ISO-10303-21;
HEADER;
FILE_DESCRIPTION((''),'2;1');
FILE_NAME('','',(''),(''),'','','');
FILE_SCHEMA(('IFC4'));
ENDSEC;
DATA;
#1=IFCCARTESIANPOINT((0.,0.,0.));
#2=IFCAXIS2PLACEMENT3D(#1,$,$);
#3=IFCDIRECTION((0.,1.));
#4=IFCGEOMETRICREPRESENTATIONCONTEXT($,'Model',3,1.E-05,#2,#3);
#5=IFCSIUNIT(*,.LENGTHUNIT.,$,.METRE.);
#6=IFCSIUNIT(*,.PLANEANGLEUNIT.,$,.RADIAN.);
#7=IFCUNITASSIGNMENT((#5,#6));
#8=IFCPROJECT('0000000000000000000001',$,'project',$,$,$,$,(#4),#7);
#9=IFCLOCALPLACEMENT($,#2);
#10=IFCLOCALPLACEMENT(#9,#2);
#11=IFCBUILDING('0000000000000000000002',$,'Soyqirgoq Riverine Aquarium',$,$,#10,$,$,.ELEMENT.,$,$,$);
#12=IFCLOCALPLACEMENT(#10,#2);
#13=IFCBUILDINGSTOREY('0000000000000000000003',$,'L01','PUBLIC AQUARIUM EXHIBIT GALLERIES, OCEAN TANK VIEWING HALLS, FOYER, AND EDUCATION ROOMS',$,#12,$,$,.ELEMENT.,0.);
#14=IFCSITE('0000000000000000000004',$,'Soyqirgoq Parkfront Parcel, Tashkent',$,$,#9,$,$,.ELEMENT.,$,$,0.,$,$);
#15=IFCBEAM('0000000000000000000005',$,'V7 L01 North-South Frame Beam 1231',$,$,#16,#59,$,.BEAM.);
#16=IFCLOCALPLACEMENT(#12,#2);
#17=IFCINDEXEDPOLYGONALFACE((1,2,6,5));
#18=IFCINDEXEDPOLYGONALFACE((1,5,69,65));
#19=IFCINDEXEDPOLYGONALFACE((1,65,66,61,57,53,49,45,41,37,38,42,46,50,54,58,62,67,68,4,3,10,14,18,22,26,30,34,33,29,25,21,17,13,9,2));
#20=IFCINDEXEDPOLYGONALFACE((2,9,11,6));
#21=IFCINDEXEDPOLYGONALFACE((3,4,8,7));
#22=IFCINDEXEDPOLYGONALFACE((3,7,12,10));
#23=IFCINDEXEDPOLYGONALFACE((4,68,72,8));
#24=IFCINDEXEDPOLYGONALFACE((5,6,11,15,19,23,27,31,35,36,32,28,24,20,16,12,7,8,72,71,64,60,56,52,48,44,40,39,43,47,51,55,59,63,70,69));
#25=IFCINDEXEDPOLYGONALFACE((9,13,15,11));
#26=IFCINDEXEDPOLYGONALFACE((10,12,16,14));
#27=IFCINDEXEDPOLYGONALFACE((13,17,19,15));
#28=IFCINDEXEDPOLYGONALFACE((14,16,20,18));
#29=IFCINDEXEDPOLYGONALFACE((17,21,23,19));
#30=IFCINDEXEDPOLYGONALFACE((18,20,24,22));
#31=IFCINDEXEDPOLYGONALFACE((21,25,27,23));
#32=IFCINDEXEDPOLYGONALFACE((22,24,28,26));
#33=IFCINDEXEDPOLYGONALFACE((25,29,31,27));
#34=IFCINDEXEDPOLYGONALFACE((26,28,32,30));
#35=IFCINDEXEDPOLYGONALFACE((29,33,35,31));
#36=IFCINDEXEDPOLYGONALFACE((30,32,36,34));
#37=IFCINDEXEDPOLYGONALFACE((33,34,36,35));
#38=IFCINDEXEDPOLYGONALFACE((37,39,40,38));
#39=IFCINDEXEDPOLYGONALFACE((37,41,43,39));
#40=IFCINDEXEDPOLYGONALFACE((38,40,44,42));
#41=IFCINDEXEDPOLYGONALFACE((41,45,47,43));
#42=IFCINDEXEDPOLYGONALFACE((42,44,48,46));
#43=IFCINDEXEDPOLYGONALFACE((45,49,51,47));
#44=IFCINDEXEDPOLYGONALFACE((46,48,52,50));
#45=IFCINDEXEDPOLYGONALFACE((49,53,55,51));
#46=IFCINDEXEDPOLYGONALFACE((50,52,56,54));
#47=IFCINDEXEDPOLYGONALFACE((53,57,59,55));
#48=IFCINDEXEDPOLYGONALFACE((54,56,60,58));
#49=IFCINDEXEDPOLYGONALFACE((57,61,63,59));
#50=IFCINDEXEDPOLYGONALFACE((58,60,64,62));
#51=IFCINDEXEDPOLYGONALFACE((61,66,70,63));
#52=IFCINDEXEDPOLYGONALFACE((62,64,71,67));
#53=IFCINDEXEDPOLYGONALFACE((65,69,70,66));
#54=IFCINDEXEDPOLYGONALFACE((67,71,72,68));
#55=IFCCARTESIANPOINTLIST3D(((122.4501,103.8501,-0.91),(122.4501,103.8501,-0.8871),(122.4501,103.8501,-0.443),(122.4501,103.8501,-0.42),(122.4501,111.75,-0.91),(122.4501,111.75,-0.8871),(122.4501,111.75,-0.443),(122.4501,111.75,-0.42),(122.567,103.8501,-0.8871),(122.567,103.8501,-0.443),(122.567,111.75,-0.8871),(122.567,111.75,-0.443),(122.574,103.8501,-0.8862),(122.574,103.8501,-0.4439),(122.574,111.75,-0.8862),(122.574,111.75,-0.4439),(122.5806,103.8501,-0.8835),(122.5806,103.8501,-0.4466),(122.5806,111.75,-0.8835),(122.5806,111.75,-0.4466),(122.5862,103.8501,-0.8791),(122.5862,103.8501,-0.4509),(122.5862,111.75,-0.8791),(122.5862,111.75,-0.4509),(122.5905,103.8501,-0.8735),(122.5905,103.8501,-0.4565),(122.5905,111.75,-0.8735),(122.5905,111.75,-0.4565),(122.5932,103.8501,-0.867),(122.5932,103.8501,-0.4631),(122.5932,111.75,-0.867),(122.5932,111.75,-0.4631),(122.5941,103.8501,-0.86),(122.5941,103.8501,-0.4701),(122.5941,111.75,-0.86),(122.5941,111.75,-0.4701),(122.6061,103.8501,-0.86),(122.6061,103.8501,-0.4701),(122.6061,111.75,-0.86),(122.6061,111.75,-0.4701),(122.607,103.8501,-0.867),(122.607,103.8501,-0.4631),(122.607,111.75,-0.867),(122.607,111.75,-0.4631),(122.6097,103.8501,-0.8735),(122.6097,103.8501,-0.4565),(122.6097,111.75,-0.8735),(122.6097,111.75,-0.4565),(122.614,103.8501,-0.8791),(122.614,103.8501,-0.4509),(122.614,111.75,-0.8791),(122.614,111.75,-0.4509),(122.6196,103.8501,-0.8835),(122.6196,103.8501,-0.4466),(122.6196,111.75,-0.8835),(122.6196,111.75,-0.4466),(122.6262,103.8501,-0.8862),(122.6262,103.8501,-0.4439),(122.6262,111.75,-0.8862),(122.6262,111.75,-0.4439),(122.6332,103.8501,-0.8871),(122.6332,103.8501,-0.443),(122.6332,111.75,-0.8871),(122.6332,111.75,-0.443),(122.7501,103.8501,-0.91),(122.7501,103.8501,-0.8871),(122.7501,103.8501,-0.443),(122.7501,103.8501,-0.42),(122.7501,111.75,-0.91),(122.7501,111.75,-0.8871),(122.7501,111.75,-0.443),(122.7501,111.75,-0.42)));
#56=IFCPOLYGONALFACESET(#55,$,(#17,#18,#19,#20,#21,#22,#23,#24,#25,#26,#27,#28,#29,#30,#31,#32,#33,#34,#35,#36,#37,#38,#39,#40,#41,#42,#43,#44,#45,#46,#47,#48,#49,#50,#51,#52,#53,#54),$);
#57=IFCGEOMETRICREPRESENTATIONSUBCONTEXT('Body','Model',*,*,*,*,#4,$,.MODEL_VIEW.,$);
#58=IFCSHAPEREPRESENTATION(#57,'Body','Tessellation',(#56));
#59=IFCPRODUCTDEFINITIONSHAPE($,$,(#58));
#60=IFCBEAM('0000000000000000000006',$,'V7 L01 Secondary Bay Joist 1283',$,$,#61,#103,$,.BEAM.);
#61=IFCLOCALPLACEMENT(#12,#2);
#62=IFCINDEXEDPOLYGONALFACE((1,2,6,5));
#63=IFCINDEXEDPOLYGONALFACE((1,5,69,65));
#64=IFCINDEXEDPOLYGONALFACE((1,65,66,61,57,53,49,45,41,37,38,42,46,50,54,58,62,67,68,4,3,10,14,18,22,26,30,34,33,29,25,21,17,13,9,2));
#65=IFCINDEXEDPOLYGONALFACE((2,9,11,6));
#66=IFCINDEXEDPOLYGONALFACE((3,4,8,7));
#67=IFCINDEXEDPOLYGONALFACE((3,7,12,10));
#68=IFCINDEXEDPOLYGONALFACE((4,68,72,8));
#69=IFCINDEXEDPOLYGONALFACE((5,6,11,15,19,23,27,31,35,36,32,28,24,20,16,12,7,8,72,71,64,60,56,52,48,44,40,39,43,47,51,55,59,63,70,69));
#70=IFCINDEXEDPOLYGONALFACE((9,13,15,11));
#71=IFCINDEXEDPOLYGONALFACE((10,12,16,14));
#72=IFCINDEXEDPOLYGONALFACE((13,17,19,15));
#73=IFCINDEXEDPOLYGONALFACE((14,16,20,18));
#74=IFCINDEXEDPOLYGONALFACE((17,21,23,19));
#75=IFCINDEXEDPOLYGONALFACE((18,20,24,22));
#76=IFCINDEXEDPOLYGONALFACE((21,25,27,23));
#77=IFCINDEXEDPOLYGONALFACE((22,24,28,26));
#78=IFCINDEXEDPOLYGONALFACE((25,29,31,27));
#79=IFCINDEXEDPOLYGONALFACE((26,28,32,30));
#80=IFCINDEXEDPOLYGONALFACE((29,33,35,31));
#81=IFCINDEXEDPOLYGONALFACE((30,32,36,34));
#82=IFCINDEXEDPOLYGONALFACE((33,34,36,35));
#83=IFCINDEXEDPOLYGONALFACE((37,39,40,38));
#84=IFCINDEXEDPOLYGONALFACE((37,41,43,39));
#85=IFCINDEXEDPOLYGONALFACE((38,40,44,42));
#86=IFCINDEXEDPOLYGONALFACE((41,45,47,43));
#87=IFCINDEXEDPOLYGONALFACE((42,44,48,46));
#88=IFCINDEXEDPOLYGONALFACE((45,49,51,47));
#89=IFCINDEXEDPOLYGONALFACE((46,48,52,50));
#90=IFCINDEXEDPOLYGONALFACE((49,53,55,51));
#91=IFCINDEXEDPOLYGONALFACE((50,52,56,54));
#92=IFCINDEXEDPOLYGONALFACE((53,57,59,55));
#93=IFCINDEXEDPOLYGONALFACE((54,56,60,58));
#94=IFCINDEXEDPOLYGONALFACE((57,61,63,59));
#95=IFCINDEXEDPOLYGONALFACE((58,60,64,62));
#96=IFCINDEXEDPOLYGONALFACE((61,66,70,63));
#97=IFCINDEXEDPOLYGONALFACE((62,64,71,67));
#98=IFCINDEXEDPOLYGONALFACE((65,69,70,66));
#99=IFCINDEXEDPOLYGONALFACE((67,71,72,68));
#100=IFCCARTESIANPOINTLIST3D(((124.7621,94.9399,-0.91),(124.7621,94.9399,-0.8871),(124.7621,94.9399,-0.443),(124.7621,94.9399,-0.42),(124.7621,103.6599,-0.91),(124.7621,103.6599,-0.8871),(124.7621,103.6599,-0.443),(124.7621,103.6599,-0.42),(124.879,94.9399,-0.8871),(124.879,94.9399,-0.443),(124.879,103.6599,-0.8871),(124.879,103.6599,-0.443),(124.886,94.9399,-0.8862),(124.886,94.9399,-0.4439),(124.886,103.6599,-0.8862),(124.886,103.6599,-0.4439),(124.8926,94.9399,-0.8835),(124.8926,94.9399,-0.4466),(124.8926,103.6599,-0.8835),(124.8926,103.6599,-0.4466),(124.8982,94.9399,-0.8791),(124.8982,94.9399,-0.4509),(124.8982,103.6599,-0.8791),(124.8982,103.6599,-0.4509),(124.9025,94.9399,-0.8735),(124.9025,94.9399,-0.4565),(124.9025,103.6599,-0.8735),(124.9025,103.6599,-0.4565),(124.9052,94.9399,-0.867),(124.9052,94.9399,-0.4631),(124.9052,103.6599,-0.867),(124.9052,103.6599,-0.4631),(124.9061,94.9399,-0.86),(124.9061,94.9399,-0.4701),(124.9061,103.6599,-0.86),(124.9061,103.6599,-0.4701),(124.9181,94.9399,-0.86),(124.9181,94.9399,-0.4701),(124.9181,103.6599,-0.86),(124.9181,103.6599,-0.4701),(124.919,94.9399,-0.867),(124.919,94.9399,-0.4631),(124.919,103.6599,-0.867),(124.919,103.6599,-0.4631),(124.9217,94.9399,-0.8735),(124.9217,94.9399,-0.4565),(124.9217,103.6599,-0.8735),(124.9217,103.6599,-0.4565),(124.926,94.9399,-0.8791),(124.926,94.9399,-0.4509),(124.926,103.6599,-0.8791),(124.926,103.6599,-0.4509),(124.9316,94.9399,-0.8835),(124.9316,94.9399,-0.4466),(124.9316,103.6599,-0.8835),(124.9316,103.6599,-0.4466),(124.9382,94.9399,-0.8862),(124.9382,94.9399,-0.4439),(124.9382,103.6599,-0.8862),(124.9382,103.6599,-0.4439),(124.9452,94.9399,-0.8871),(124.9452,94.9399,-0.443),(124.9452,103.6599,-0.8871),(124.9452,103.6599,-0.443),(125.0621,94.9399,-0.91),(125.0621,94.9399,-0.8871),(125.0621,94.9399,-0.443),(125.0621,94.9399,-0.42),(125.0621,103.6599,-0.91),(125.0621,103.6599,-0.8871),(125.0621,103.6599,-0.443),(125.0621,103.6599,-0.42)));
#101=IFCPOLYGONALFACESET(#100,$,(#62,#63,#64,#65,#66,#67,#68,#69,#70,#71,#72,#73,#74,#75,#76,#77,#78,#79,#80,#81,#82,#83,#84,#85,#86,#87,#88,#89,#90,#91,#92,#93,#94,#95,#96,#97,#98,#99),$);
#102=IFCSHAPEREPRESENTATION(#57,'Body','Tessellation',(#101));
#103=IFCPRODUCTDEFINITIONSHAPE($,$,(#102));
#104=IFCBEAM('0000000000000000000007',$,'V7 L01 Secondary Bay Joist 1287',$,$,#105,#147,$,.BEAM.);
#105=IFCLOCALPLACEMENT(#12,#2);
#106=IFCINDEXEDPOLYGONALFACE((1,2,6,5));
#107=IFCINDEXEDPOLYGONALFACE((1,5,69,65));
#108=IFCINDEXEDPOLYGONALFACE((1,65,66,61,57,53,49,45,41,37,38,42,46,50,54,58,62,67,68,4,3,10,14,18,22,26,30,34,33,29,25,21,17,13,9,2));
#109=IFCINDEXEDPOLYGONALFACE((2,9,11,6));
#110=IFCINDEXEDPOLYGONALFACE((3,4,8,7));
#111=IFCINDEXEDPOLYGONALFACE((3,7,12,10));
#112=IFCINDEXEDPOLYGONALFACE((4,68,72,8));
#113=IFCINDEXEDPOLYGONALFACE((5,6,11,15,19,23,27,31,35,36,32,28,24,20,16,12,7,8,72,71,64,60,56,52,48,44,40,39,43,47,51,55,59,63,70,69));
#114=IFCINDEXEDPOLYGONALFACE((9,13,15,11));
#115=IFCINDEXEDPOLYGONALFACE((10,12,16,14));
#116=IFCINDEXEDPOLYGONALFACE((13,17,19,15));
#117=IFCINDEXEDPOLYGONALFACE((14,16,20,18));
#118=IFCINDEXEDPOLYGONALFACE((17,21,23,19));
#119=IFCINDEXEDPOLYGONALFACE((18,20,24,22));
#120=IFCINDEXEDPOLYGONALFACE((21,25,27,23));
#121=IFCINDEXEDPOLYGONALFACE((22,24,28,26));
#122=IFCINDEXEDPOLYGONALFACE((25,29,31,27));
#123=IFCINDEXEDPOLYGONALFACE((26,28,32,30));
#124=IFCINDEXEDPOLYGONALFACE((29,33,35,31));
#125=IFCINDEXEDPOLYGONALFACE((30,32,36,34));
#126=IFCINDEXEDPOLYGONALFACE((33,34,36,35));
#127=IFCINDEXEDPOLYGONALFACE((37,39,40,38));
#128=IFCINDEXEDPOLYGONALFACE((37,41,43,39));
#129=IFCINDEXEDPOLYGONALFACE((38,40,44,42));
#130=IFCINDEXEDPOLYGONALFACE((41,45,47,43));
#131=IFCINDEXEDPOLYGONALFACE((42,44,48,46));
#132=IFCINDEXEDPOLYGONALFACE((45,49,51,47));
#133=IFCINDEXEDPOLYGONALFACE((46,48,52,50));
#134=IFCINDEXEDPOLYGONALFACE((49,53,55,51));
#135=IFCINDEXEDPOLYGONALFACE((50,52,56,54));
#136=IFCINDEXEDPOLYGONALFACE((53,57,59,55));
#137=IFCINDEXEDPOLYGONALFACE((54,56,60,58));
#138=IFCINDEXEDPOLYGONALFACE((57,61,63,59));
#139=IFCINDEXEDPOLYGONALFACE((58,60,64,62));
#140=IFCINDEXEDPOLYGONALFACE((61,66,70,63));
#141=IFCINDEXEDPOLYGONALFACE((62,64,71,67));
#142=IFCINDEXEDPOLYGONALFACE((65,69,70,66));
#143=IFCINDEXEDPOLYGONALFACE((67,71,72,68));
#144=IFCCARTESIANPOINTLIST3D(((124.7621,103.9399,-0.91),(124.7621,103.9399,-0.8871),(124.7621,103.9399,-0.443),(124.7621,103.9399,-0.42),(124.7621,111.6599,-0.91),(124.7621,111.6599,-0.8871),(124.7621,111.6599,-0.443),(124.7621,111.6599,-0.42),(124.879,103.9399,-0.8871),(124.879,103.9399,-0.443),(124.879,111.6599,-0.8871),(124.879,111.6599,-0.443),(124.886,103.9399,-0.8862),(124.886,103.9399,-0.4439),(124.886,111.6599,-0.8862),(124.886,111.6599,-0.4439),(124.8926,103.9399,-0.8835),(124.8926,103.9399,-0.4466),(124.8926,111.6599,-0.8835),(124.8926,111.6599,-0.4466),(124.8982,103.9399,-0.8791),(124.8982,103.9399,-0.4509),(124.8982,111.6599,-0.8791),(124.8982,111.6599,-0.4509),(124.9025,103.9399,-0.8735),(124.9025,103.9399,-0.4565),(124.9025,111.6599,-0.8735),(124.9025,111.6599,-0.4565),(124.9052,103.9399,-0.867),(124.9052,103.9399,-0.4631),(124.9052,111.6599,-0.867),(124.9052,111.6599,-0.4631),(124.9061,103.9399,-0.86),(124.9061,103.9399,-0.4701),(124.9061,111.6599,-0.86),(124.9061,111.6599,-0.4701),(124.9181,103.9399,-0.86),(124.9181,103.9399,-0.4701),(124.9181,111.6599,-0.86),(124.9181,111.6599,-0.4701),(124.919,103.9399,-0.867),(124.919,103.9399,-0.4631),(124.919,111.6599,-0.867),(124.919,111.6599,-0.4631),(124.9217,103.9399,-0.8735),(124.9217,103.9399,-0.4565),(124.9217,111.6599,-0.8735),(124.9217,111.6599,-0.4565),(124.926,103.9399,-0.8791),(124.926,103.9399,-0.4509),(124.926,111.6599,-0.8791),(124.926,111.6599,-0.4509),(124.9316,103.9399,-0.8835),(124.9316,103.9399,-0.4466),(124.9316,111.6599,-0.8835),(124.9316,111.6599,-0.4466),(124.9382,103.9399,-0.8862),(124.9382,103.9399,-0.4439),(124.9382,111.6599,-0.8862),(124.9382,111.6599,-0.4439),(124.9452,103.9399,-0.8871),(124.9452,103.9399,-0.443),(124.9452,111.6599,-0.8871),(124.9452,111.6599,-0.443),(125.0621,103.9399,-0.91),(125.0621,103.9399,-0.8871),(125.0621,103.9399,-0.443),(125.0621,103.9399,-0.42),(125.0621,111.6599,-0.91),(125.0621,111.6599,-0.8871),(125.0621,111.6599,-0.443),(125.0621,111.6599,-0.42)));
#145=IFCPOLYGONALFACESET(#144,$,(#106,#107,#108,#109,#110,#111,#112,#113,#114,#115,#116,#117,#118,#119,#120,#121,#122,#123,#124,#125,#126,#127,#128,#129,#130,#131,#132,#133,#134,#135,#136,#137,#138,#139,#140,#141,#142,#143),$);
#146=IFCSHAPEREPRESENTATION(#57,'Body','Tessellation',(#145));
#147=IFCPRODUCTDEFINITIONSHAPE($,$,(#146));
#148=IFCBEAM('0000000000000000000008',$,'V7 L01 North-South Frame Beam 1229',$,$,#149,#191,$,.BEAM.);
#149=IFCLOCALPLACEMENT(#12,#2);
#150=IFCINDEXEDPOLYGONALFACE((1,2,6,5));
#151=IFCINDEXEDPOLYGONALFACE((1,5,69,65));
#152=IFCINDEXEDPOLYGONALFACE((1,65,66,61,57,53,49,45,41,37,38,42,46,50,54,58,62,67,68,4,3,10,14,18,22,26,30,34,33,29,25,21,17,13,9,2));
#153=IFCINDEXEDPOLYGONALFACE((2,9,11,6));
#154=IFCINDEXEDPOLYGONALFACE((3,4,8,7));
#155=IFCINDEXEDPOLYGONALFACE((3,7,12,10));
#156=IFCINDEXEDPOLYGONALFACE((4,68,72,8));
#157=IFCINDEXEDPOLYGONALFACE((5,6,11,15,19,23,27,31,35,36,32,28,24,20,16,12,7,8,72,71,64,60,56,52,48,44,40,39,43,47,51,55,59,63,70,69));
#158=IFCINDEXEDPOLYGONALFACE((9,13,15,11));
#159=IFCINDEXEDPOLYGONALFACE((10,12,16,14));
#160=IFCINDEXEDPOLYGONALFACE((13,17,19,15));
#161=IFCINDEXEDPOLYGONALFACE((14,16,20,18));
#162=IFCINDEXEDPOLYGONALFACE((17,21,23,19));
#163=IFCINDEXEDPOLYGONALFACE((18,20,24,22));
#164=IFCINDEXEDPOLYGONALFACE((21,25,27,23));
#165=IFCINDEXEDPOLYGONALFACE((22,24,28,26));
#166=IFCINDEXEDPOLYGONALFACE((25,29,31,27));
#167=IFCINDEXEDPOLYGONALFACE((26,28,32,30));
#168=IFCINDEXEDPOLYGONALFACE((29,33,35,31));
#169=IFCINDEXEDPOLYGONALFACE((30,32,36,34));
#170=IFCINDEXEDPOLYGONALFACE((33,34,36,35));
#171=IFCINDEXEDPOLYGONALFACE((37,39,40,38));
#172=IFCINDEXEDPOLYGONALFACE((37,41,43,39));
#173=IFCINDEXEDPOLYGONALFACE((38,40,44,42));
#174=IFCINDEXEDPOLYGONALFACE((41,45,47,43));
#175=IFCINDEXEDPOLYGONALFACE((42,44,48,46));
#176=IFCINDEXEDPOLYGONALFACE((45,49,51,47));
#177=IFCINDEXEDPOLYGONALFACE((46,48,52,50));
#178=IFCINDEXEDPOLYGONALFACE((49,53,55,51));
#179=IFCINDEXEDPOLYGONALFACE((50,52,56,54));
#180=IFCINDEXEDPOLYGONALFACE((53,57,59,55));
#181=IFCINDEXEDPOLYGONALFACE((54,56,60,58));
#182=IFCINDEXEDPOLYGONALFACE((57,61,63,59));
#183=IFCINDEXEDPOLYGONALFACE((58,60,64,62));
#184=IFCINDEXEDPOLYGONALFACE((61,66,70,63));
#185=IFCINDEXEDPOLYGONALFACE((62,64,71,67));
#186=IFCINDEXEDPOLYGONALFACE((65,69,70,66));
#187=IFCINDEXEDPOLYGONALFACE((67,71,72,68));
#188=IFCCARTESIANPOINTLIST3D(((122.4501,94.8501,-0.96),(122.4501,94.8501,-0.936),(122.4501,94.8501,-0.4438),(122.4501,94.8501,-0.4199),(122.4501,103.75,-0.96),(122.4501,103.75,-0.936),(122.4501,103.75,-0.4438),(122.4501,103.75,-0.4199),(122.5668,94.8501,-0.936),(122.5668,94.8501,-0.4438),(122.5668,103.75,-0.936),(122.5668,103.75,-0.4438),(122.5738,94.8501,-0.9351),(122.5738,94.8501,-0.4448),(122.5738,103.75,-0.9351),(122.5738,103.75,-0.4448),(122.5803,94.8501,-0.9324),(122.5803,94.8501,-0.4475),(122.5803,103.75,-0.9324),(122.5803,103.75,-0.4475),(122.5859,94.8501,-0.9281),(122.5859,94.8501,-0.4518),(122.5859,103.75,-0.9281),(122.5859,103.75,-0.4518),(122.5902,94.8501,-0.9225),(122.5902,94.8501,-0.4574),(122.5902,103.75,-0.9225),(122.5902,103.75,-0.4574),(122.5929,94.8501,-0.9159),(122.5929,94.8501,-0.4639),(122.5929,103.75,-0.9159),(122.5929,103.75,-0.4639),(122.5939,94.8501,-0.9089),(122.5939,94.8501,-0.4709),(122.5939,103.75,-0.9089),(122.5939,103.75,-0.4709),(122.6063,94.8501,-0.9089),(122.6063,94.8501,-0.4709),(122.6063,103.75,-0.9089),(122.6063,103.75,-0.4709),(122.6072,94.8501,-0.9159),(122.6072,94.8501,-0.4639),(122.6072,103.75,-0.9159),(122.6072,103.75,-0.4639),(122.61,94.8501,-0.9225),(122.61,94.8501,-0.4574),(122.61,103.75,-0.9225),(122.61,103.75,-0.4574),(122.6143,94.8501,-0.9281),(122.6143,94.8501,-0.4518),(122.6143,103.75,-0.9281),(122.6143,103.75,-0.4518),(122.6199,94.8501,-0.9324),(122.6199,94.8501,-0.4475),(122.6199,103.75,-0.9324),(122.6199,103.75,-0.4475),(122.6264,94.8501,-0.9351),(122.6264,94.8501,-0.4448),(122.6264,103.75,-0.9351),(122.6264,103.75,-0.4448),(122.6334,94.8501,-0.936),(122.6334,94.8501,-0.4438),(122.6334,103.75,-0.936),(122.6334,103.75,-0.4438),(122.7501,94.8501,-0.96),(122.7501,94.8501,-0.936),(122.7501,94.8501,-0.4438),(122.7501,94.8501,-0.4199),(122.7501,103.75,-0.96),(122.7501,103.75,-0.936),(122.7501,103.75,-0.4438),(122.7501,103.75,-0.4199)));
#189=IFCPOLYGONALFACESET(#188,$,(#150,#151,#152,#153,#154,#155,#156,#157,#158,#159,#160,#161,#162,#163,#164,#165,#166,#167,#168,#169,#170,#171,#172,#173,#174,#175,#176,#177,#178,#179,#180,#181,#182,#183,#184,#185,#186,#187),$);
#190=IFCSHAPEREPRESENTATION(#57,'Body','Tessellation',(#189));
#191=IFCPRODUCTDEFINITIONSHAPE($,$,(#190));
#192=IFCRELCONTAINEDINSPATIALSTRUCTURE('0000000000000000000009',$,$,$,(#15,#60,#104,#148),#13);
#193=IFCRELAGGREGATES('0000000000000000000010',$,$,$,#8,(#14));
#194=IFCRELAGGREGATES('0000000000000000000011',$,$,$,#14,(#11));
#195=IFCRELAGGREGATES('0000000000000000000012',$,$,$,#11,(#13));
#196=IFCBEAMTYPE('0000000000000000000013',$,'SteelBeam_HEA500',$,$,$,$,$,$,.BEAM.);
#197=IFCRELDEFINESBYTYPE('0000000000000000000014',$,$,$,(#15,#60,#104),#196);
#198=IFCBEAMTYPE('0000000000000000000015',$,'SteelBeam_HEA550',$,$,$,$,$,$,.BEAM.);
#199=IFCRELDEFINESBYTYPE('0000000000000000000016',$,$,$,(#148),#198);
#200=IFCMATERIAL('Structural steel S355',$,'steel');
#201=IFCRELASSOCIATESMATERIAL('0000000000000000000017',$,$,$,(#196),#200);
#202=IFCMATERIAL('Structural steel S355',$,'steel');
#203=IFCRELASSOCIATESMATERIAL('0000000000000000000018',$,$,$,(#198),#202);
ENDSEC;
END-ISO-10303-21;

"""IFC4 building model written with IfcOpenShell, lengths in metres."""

from ifc_helpers import new_model, si_unit, direction, frame, origin, origin_2d, place, context, subcontext, project, spatial, i_section, extrude, material, material_profile, profile_set, type_object, element, save


model = new_model("IFC4")

# Units and contexts
model_context = context("Model", 3, precision=1e-05, world=origin(), true_north=direction((0.0, 1.0)))
body_context = subcontext(model_context, "Body", "Model", "MODEL_VIEW")
ifc_project = project(units=[si_unit("LENGTHUNIT", "METRE"), si_unit("PLANEANGLEUNIT", "RADIAN")], contexts=[model_context])

# Site, building, storey
site_placement = place(None, origin())
site = spatial("IfcSite", under=ifc_project, at=site_placement, Name="Soyqirgoq Parkfront Parcel, Tashkent", CompositionType="ELEMENT", RefElevation=0.0)
building_placement = place(site_placement, origin())
building = spatial("IfcBuilding", under=site, at=building_placement, Name="Soyqirgoq Riverine Aquarium", CompositionType="ELEMENT")
storey_placement = place(building_placement, origin())
storey = spatial("IfcBuildingStorey", under=building, at=storey_placement, Name="L01", Description="PUBLIC AQUARIUM EXHIBIT GALLERIES, OCEAN TANK VIEWING HALLS, FOYER, AND EDUCATION ROOMS", CompositionType="ELEMENT", Elevation=0.0)

# Beams
ifc_material_1 = material(Name="Structural steel S355", Category="steel")
ifc_material_profile_1 = material_profile(ifc_material_1, i_section(OverallWidth=0.3, OverallDepth=0.49, WebThickness=0.012, FlangeThickness=0.0229, FilletRadius=0.0271, at=origin_2d()), Name="HEA 500")
ifc_profile_set_1 = profile_set([ifc_material_profile_1], Name="Structural steel S355")
beam_type_1 = type_object("IfcBeamType", Name="SteelBeam_HEA500", PredefinedType="BEAM", material=ifc_profile_set_1)
beam_1_placement = place(storey_placement, frame((122.6001, 103.8501, -0.665), z_axis=(0.0, 1.0, 0.0), x_axis=(-1.0, 0.0, 0.0)))
element("IfcBeam", 1, at=beam_1_placement, inside=storey, type_object=beam_type_1, Name="V7 L01 North-South Frame Beam 1231", PredefinedType="BEAM", context=body_context, shape_type="SweptSolid", body=[
    extrude(i_section(OverallWidth=0.3, OverallDepth=0.49, WebThickness=0.012, FlangeThickness=0.0229, FilletRadius=0.0271, at=origin_2d()), origin(), (0.0, 0.0, 1.0), 7.8999),
])
beam_2_placement = place(storey_placement, frame((124.9121, 94.9399, -0.665), z_axis=(0.0, 1.0, 0.0), x_axis=(-1.0, 0.0, 0.0)))
element("IfcBeam", 2, at=beam_2_placement, inside=storey, type_object=beam_type_1, Name="V7 L01 Secondary Bay Joist 1283", PredefinedType="BEAM", context=body_context, shape_type="SweptSolid", body=[
    extrude(i_section(OverallWidth=0.3, OverallDepth=0.49, WebThickness=0.012, FlangeThickness=0.0229, FilletRadius=0.0271, at=origin_2d()), origin(), (0.0, 0.0, 1.0), 8.72),
])
beam_3_placement = place(storey_placement, frame((124.9121, 103.9399, -0.665), z_axis=(0.0, 1.0, 0.0), x_axis=(-1.0, 0.0, 0.0)))
element("IfcBeam", 3, at=beam_3_placement, inside=storey, type_object=beam_type_1, Name="V7 L01 Secondary Bay Joist 1287", PredefinedType="BEAM", context=body_context, shape_type="SweptSolid", body=[
    extrude(i_section(OverallWidth=0.3, OverallDepth=0.49, WebThickness=0.012, FlangeThickness=0.0229, FilletRadius=0.0271, at=origin_2d()), origin(), (0.0, 0.0, 1.0), 7.72),
])
ifc_material_2 = material(Name="Structural steel S355", Category="steel")
ifc_material_profile_2 = material_profile(ifc_material_2, i_section(OverallWidth=0.3, OverallDepth=0.54, WebThickness=0.0125, FlangeThickness=0.0239, FilletRadius=0.0271, at=origin_2d()), Name="HEA 550")
ifc_profile_set_2 = profile_set([ifc_material_profile_2], Name="Structural steel S355")
beam_type_2 = type_object("IfcBeamType", Name="SteelBeam_HEA550", PredefinedType="BEAM", material=ifc_profile_set_2)
beam_4_placement = place(storey_placement, frame((122.6001, 94.8501, -0.6899), z_axis=(0.0, 1.0, 0.0), x_axis=(-1.0, 0.0, 0.0)))
element("IfcBeam", 4, at=beam_4_placement, inside=storey, type_object=beam_type_2, Name="V7 L01 North-South Frame Beam 1229", PredefinedType="BEAM", context=body_context, shape_type="SweptSolid", body=[
    extrude(i_section(OverallWidth=0.3, OverallDepth=0.54, WebThickness=0.0125, FlangeThickness=0.0239, FilletRadius=0.0271, at=origin_2d()), origin(), (0.0, 0.0, 1.0), 8.8999),
])

save(model, "model.ifc")
